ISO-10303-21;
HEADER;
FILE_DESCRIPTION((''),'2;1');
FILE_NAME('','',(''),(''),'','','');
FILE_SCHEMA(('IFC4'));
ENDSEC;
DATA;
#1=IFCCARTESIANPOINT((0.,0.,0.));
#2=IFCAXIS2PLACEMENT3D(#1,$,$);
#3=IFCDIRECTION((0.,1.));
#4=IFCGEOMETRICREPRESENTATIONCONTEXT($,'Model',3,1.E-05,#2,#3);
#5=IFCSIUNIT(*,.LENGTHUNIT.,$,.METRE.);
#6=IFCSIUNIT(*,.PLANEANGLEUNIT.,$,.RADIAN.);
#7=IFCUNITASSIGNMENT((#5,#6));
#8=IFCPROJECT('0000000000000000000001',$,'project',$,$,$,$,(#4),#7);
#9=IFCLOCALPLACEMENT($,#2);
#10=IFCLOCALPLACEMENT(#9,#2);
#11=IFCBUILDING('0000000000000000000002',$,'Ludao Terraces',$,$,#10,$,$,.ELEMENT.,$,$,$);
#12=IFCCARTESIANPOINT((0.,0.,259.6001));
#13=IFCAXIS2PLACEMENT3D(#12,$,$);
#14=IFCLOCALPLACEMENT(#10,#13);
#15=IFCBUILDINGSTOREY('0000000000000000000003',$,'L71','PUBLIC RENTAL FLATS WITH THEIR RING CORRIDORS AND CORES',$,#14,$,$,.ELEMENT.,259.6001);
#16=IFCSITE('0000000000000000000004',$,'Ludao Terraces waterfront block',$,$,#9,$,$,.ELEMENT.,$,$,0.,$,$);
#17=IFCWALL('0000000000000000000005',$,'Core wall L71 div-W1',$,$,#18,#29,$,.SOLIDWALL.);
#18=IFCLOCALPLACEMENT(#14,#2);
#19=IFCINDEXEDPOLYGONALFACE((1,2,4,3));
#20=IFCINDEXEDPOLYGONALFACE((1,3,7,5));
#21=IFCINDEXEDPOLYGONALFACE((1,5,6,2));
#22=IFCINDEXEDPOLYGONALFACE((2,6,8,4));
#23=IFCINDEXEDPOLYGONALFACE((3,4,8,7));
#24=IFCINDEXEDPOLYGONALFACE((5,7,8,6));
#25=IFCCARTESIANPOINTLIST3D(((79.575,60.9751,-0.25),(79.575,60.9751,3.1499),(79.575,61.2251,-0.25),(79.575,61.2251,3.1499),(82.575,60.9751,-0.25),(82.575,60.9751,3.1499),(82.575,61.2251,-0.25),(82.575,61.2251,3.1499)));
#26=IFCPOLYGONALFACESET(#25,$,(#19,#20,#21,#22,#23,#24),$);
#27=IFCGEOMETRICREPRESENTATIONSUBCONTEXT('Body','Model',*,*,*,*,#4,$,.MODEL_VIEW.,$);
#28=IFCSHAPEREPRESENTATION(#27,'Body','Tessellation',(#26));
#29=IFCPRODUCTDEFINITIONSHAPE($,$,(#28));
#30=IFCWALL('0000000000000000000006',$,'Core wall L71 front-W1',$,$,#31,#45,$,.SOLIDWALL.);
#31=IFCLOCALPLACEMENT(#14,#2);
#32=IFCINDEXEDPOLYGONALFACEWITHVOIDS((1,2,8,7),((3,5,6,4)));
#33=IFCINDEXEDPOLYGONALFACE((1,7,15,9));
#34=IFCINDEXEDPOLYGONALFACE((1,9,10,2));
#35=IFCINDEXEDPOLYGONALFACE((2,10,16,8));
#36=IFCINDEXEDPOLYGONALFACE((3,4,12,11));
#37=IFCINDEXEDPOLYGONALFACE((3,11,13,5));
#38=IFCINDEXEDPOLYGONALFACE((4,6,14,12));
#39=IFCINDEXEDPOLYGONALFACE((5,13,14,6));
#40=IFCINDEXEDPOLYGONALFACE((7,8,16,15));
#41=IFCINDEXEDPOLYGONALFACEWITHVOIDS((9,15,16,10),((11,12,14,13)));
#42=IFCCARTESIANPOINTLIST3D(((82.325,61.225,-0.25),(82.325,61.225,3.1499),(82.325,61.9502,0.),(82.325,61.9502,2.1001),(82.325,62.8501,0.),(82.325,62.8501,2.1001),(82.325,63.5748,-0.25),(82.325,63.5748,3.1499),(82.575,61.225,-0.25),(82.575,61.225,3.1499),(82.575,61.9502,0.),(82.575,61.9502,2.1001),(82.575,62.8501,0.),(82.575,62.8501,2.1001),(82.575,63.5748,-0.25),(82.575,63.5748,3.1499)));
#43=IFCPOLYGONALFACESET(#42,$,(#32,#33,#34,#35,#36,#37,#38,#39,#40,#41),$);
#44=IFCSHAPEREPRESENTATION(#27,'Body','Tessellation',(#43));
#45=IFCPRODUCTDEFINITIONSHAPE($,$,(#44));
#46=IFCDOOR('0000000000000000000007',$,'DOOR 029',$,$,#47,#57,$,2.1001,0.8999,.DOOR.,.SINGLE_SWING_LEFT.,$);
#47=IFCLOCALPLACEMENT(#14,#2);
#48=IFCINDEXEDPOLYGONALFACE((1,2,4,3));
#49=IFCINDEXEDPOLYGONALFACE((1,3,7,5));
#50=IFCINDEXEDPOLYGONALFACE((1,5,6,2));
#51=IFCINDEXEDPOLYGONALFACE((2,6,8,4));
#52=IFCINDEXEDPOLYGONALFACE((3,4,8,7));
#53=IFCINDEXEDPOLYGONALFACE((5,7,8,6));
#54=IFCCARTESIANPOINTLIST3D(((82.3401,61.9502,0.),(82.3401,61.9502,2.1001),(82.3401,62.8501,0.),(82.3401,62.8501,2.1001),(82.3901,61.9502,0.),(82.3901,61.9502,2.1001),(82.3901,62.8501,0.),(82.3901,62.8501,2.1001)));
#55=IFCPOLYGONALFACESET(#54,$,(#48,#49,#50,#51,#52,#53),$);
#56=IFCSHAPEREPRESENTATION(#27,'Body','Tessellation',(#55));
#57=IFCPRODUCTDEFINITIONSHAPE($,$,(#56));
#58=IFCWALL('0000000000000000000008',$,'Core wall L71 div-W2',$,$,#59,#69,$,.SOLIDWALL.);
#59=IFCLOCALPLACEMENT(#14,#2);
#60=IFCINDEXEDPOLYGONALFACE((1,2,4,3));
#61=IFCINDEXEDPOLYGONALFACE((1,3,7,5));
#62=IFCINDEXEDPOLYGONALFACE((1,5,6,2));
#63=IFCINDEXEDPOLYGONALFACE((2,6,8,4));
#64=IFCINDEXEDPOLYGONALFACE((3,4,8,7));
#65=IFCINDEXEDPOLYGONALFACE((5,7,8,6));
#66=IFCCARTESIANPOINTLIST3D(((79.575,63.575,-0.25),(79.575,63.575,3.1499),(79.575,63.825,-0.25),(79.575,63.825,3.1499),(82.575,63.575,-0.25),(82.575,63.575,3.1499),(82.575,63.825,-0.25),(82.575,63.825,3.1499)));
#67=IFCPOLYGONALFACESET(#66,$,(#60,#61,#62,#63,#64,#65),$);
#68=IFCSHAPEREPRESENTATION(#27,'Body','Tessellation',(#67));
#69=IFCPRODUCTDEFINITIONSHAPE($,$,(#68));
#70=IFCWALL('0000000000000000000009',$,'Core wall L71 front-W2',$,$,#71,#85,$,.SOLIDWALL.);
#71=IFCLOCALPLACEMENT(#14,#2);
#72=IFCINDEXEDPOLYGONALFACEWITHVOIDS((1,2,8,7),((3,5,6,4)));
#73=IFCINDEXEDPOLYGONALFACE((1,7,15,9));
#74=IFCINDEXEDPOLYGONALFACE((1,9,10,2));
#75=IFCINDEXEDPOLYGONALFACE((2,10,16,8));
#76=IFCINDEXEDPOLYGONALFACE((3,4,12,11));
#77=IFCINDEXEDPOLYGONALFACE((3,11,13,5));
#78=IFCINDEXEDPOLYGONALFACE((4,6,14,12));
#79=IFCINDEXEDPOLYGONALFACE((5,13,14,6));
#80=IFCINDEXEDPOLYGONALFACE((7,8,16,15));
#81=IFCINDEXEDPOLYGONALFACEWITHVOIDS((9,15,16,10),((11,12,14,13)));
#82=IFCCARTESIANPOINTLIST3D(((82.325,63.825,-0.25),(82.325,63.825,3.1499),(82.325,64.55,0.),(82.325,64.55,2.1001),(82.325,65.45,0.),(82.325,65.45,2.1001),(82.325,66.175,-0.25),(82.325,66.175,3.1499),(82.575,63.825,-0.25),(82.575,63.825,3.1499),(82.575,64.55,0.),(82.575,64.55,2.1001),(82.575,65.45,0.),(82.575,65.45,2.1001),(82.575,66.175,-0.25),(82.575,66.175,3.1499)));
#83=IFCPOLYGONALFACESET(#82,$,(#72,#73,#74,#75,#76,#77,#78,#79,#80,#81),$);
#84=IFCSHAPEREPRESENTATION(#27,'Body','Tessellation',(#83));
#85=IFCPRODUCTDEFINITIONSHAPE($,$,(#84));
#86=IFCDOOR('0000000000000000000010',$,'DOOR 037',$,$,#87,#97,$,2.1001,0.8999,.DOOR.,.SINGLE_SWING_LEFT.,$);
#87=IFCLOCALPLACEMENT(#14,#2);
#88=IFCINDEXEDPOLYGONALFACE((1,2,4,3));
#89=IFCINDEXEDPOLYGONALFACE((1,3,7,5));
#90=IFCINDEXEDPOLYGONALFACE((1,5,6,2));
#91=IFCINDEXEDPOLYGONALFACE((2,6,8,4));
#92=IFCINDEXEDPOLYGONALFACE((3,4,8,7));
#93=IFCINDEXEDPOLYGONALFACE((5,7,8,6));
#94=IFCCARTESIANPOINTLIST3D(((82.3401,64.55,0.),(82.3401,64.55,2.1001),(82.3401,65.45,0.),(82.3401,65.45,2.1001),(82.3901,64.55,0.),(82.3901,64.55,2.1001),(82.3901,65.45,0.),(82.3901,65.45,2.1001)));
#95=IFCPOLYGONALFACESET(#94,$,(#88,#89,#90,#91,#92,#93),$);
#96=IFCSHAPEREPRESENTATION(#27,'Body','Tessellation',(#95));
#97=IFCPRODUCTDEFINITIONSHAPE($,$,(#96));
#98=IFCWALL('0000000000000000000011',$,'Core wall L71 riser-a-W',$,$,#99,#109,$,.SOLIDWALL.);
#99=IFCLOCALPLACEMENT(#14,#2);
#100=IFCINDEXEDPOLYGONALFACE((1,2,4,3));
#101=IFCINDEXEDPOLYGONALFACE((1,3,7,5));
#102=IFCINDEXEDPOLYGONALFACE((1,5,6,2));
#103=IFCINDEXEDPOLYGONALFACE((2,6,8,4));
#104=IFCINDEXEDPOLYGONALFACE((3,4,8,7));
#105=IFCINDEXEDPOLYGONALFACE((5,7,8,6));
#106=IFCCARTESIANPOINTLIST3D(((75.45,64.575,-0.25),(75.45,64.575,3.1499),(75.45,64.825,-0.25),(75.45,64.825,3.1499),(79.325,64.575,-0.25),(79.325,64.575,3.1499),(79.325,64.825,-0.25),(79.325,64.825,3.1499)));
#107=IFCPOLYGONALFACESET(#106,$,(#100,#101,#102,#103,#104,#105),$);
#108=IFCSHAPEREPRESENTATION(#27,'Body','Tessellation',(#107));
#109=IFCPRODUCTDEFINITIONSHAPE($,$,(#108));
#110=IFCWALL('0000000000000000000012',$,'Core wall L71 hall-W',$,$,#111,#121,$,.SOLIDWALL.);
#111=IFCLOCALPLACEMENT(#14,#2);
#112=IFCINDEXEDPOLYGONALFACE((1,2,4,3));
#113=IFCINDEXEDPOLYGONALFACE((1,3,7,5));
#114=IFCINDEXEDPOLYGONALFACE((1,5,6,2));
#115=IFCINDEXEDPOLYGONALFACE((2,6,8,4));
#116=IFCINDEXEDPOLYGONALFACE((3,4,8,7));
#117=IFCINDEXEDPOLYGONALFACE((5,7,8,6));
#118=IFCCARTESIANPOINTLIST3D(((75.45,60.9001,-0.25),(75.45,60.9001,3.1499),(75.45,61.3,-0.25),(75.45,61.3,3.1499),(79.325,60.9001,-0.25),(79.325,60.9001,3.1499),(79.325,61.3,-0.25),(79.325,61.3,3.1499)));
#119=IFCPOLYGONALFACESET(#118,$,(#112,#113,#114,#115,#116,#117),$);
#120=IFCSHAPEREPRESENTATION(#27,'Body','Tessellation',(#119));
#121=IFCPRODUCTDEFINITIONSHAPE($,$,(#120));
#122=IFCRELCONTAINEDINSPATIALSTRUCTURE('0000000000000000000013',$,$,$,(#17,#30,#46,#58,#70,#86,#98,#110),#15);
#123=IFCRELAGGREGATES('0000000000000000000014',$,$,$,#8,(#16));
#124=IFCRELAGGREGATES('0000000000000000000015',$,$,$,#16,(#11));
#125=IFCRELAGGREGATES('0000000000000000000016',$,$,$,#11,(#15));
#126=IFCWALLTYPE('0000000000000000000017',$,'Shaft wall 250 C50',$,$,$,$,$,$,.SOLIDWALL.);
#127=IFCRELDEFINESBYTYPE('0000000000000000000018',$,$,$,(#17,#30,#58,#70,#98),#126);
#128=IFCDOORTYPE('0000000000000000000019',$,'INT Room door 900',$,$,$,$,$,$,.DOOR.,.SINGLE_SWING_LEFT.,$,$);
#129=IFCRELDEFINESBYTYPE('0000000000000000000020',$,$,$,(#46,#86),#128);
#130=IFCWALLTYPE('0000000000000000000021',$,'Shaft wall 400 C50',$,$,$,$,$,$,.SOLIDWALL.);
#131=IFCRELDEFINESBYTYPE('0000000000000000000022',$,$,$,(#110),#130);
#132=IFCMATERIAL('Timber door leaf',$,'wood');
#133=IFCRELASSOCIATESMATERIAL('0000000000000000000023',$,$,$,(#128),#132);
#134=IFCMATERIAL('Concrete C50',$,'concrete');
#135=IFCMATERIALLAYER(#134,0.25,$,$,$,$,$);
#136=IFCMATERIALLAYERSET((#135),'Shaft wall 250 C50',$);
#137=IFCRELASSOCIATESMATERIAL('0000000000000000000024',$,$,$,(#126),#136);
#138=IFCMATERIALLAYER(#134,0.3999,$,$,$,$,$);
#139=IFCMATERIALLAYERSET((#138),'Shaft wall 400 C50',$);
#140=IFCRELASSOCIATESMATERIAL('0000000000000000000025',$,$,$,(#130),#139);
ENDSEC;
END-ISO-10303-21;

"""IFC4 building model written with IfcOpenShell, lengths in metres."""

from ifc_helpers import new_model, si_unit, direction, frame, frame_2d, origin, place, context, subcontext, project, spatial, rectangle, extrude, material, layer, layer_set, type_object, element, fill, save


model = new_model("IFC4")

# Units and contexts
model_context = context("Model", 3, precision=1e-05, world=origin(), true_north=direction((0.0, 1.0)))
body_context = subcontext(model_context, "Body", "Model", "MODEL_VIEW")
ifc_project = project(units=[si_unit("LENGTHUNIT", "METRE"), si_unit("PLANEANGLEUNIT", "RADIAN")], contexts=[model_context])

# Site, building, storey
site_placement = place(None, origin())
site = spatial("IfcSite", under=ifc_project, at=site_placement, Name="Ludao Terraces waterfront block", CompositionType="ELEMENT", RefElevation=0.0)
building_placement = place(site_placement, origin())
building = spatial("IfcBuilding", under=site, at=building_placement, Name="Ludao Terraces", CompositionType="ELEMENT")
storey_placement = place(building_placement, frame((0.0, 0.0, 259.6001)))
storey = spatial("IfcBuildingStorey", under=building, at=storey_placement, Name="L71", Description="PUBLIC RENTAL FLATS WITH THEIR RING CORRIDORS AND CORES", CompositionType="ELEMENT", Elevation=259.6001)

# Shared definitions
ifc_material_1 = material(Name="Timber door leaf", Category="wood")
door_type_1 = type_object("IfcDoorType", Name="INT Room door 900", OperationType="SINGLE_SWING_LEFT", PredefinedType="DOOR", material=ifc_material_1)

# Wall
ifc_material_2 = material(Name="Concrete C50", Category="concrete")
ifc_layer_1 = layer(ifc_material_2, 0.25)
ifc_layer_set_1 = layer_set([ifc_layer_1], Name="Shaft wall 250 C50")
wall_type_1 = type_object("IfcWallType", Name="Shaft wall 250 C50", PredefinedType="SOLIDWALL", material=ifc_layer_set_1)
wall_1_placement = place(storey_placement, frame((79.575, 61.1001, -0.25), z_axis=(0.0, 0.0, 1.0), x_axis=(1.0, 0.0, 0.0)))
element("IfcWall", 1, at=wall_1_placement, inside=storey, type_object=wall_type_1, Name="Core wall L71 div-W1", PredefinedType="SOLIDWALL", context=body_context, shape_type="SweptSolid", body=[
    extrude(rectangle(XDim=3.0, YDim=0.25, at=frame_2d((1.5, 0.0))), origin(), (0.0, 0.0, 1.0), 3.3999),
])

# Wall, opening, door
wall_2_placement = place(storey_placement, frame((82.45, 61.2251, -0.25), z_axis=(0.0, 0.0, 1.0), x_axis=(0.0, 1.0, 0.0)))
wall_2 = element("IfcWall", 2, at=wall_2_placement, inside=storey, type_object=wall_type_1, Name="Core wall L71 front-W1", PredefinedType="SOLIDWALL", context=body_context, shape_type="SweptSolid", body=[
    extrude(rectangle(XDim=2.3499, YDim=0.25, at=frame_2d((1.1748, 0.0))), origin(), (0.0, 0.0, 1.0), 3.3999),
])
opening_1_placement = place(wall_2_placement, frame((0.7251, 0.0, 0.25)))
opening_1 = element("IfcOpeningElement", 3, at=opening_1_placement, cuts=wall_2, PredefinedType="OPENING", context=body_context, shape_type="SweptSolid", body=[
    extrude(rectangle(XDim=0.8999, YDim=2.1001, at=frame_2d((0.45, 1.05))), frame((0.0, 0.135, 0.0), z_axis=(0.0, -1.0, 0.0), x_axis=(1.0, 0.0, 0.0)), (0.0, 0.0, 1.0), 0.27),
])
door_1_placement = place(opening_1_placement, origin())
door_1 = element("IfcDoor", 4, at=door_1_placement, inside=storey, type_object=door_type_1, Name="DOOR 029", OperationType="SINGLE_SWING_LEFT", OverallHeight=2.1001, OverallWidth=0.8999, PredefinedType="DOOR", context=body_context, shape_type="SweptSolid", body=[
    extrude(rectangle(XDim=0.8999, YDim=2.1001, at=frame_2d((0.45, 1.05))), frame((0.0, 0.1099, 0.0), z_axis=(0.0, -1.0, 0.0), x_axis=(1.0, 0.0, 0.0)), (0.0, 0.0, 1.0), 0.05),
])
fill(opening_1, door_1)

# Wall
wall_3_placement = place(storey_placement, frame((79.575, 63.7, -0.25), z_axis=(0.0, 0.0, 1.0), x_axis=(1.0, 0.0, 0.0)))
element("IfcWall", 5, at=wall_3_placement, inside=storey, type_object=wall_type_1, Name="Core wall L71 div-W2", PredefinedType="SOLIDWALL", context=body_context, shape_type="SweptSolid", body=[
    extrude(rectangle(XDim=3.0, YDim=0.25, at=frame_2d((1.5, 0.0))), origin(), (0.0, 0.0, 1.0), 3.3999),
])

# Wall, opening, door
wall_4_placement = place(storey_placement, frame((82.45, 63.825, -0.25), z_axis=(0.0, 0.0, 1.0), x_axis=(0.0, 1.0, 0.0)))
wall_4 = element("IfcWall", 6, at=wall_4_placement, inside=storey, type_object=wall_type_1, Name="Core wall L71 front-W2", PredefinedType="SOLIDWALL", context=body_context, shape_type="SweptSolid", body=[
    extrude(rectangle(XDim=2.3501, YDim=0.25, at=frame_2d((1.175, 0.0))), origin(), (0.0, 0.0, 1.0), 3.3999),
])
opening_2_placement = place(wall_4_placement, frame((0.7251, 0.0, 0.25)))
opening_2 = element("IfcOpeningElement", 7, at=opening_2_placement, cuts=wall_4, PredefinedType="OPENING", context=body_context, shape_type="SweptSolid", body=[
    extrude(rectangle(XDim=0.8999, YDim=2.1001, at=frame_2d((0.45, 1.05))), frame((0.0, 0.135, 0.0), z_axis=(0.0, -1.0, 0.0), x_axis=(1.0, 0.0, 0.0)), (0.0, 0.0, 1.0), 0.27),
])
door_2_placement = place(opening_2_placement, origin())
door_2 = element("IfcDoor", 8, at=door_2_placement, inside=storey, type_object=door_type_1, Name="DOOR 037", OperationType="SINGLE_SWING_LEFT", OverallHeight=2.1001, OverallWidth=0.8999, PredefinedType="DOOR", context=body_context, shape_type="SweptSolid", body=[
    extrude(rectangle(XDim=0.8999, YDim=2.1001, at=frame_2d((0.45, 1.05))), frame((0.0, 0.1099, 0.0), z_axis=(0.0, -1.0, 0.0), x_axis=(1.0, 0.0, 0.0)), (0.0, 0.0, 1.0), 0.05),
])
fill(opening_2, door_2)

# Walls
wall_5_placement = place(storey_placement, frame((75.45, 64.7, -0.25), z_axis=(0.0, 0.0, 1.0), x_axis=(1.0, 0.0, 0.0)))
element("IfcWall", 9, at=wall_5_placement, inside=storey, type_object=wall_type_1, Name="Core wall L71 riser-a-W", PredefinedType="SOLIDWALL", context=body_context, shape_type="SweptSolid", body=[
    extrude(rectangle(XDim=3.875, YDim=0.25, at=frame_2d((1.9375, 0.0))), origin(), (0.0, 0.0, 1.0), 3.3999),
])
ifc_layer_2 = layer(ifc_material_2, 0.3999)
ifc_layer_set_2 = layer_set([ifc_layer_2], Name="Shaft wall 400 C50")
wall_type_2 = type_object("IfcWallType", Name="Shaft wall 400 C50", PredefinedType="SOLIDWALL", material=ifc_layer_set_2)
wall_6_placement = place(storey_placement, frame((75.45, 61.1001, -0.25), z_axis=(0.0, 0.0, 1.0), x_axis=(1.0, 0.0, 0.0)))
element("IfcWall", 10, at=wall_6_placement, inside=storey, type_object=wall_type_2, Name="Core wall L71 hall-W", PredefinedType="SOLIDWALL", context=body_context, shape_type="SweptSolid", body=[
    extrude(rectangle(XDim=3.875, YDim=0.3999, at=frame_2d((1.9375, 0.0))), origin(), (0.0, 0.0, 1.0), 3.3999),
])

save(model, "model.ifc")
